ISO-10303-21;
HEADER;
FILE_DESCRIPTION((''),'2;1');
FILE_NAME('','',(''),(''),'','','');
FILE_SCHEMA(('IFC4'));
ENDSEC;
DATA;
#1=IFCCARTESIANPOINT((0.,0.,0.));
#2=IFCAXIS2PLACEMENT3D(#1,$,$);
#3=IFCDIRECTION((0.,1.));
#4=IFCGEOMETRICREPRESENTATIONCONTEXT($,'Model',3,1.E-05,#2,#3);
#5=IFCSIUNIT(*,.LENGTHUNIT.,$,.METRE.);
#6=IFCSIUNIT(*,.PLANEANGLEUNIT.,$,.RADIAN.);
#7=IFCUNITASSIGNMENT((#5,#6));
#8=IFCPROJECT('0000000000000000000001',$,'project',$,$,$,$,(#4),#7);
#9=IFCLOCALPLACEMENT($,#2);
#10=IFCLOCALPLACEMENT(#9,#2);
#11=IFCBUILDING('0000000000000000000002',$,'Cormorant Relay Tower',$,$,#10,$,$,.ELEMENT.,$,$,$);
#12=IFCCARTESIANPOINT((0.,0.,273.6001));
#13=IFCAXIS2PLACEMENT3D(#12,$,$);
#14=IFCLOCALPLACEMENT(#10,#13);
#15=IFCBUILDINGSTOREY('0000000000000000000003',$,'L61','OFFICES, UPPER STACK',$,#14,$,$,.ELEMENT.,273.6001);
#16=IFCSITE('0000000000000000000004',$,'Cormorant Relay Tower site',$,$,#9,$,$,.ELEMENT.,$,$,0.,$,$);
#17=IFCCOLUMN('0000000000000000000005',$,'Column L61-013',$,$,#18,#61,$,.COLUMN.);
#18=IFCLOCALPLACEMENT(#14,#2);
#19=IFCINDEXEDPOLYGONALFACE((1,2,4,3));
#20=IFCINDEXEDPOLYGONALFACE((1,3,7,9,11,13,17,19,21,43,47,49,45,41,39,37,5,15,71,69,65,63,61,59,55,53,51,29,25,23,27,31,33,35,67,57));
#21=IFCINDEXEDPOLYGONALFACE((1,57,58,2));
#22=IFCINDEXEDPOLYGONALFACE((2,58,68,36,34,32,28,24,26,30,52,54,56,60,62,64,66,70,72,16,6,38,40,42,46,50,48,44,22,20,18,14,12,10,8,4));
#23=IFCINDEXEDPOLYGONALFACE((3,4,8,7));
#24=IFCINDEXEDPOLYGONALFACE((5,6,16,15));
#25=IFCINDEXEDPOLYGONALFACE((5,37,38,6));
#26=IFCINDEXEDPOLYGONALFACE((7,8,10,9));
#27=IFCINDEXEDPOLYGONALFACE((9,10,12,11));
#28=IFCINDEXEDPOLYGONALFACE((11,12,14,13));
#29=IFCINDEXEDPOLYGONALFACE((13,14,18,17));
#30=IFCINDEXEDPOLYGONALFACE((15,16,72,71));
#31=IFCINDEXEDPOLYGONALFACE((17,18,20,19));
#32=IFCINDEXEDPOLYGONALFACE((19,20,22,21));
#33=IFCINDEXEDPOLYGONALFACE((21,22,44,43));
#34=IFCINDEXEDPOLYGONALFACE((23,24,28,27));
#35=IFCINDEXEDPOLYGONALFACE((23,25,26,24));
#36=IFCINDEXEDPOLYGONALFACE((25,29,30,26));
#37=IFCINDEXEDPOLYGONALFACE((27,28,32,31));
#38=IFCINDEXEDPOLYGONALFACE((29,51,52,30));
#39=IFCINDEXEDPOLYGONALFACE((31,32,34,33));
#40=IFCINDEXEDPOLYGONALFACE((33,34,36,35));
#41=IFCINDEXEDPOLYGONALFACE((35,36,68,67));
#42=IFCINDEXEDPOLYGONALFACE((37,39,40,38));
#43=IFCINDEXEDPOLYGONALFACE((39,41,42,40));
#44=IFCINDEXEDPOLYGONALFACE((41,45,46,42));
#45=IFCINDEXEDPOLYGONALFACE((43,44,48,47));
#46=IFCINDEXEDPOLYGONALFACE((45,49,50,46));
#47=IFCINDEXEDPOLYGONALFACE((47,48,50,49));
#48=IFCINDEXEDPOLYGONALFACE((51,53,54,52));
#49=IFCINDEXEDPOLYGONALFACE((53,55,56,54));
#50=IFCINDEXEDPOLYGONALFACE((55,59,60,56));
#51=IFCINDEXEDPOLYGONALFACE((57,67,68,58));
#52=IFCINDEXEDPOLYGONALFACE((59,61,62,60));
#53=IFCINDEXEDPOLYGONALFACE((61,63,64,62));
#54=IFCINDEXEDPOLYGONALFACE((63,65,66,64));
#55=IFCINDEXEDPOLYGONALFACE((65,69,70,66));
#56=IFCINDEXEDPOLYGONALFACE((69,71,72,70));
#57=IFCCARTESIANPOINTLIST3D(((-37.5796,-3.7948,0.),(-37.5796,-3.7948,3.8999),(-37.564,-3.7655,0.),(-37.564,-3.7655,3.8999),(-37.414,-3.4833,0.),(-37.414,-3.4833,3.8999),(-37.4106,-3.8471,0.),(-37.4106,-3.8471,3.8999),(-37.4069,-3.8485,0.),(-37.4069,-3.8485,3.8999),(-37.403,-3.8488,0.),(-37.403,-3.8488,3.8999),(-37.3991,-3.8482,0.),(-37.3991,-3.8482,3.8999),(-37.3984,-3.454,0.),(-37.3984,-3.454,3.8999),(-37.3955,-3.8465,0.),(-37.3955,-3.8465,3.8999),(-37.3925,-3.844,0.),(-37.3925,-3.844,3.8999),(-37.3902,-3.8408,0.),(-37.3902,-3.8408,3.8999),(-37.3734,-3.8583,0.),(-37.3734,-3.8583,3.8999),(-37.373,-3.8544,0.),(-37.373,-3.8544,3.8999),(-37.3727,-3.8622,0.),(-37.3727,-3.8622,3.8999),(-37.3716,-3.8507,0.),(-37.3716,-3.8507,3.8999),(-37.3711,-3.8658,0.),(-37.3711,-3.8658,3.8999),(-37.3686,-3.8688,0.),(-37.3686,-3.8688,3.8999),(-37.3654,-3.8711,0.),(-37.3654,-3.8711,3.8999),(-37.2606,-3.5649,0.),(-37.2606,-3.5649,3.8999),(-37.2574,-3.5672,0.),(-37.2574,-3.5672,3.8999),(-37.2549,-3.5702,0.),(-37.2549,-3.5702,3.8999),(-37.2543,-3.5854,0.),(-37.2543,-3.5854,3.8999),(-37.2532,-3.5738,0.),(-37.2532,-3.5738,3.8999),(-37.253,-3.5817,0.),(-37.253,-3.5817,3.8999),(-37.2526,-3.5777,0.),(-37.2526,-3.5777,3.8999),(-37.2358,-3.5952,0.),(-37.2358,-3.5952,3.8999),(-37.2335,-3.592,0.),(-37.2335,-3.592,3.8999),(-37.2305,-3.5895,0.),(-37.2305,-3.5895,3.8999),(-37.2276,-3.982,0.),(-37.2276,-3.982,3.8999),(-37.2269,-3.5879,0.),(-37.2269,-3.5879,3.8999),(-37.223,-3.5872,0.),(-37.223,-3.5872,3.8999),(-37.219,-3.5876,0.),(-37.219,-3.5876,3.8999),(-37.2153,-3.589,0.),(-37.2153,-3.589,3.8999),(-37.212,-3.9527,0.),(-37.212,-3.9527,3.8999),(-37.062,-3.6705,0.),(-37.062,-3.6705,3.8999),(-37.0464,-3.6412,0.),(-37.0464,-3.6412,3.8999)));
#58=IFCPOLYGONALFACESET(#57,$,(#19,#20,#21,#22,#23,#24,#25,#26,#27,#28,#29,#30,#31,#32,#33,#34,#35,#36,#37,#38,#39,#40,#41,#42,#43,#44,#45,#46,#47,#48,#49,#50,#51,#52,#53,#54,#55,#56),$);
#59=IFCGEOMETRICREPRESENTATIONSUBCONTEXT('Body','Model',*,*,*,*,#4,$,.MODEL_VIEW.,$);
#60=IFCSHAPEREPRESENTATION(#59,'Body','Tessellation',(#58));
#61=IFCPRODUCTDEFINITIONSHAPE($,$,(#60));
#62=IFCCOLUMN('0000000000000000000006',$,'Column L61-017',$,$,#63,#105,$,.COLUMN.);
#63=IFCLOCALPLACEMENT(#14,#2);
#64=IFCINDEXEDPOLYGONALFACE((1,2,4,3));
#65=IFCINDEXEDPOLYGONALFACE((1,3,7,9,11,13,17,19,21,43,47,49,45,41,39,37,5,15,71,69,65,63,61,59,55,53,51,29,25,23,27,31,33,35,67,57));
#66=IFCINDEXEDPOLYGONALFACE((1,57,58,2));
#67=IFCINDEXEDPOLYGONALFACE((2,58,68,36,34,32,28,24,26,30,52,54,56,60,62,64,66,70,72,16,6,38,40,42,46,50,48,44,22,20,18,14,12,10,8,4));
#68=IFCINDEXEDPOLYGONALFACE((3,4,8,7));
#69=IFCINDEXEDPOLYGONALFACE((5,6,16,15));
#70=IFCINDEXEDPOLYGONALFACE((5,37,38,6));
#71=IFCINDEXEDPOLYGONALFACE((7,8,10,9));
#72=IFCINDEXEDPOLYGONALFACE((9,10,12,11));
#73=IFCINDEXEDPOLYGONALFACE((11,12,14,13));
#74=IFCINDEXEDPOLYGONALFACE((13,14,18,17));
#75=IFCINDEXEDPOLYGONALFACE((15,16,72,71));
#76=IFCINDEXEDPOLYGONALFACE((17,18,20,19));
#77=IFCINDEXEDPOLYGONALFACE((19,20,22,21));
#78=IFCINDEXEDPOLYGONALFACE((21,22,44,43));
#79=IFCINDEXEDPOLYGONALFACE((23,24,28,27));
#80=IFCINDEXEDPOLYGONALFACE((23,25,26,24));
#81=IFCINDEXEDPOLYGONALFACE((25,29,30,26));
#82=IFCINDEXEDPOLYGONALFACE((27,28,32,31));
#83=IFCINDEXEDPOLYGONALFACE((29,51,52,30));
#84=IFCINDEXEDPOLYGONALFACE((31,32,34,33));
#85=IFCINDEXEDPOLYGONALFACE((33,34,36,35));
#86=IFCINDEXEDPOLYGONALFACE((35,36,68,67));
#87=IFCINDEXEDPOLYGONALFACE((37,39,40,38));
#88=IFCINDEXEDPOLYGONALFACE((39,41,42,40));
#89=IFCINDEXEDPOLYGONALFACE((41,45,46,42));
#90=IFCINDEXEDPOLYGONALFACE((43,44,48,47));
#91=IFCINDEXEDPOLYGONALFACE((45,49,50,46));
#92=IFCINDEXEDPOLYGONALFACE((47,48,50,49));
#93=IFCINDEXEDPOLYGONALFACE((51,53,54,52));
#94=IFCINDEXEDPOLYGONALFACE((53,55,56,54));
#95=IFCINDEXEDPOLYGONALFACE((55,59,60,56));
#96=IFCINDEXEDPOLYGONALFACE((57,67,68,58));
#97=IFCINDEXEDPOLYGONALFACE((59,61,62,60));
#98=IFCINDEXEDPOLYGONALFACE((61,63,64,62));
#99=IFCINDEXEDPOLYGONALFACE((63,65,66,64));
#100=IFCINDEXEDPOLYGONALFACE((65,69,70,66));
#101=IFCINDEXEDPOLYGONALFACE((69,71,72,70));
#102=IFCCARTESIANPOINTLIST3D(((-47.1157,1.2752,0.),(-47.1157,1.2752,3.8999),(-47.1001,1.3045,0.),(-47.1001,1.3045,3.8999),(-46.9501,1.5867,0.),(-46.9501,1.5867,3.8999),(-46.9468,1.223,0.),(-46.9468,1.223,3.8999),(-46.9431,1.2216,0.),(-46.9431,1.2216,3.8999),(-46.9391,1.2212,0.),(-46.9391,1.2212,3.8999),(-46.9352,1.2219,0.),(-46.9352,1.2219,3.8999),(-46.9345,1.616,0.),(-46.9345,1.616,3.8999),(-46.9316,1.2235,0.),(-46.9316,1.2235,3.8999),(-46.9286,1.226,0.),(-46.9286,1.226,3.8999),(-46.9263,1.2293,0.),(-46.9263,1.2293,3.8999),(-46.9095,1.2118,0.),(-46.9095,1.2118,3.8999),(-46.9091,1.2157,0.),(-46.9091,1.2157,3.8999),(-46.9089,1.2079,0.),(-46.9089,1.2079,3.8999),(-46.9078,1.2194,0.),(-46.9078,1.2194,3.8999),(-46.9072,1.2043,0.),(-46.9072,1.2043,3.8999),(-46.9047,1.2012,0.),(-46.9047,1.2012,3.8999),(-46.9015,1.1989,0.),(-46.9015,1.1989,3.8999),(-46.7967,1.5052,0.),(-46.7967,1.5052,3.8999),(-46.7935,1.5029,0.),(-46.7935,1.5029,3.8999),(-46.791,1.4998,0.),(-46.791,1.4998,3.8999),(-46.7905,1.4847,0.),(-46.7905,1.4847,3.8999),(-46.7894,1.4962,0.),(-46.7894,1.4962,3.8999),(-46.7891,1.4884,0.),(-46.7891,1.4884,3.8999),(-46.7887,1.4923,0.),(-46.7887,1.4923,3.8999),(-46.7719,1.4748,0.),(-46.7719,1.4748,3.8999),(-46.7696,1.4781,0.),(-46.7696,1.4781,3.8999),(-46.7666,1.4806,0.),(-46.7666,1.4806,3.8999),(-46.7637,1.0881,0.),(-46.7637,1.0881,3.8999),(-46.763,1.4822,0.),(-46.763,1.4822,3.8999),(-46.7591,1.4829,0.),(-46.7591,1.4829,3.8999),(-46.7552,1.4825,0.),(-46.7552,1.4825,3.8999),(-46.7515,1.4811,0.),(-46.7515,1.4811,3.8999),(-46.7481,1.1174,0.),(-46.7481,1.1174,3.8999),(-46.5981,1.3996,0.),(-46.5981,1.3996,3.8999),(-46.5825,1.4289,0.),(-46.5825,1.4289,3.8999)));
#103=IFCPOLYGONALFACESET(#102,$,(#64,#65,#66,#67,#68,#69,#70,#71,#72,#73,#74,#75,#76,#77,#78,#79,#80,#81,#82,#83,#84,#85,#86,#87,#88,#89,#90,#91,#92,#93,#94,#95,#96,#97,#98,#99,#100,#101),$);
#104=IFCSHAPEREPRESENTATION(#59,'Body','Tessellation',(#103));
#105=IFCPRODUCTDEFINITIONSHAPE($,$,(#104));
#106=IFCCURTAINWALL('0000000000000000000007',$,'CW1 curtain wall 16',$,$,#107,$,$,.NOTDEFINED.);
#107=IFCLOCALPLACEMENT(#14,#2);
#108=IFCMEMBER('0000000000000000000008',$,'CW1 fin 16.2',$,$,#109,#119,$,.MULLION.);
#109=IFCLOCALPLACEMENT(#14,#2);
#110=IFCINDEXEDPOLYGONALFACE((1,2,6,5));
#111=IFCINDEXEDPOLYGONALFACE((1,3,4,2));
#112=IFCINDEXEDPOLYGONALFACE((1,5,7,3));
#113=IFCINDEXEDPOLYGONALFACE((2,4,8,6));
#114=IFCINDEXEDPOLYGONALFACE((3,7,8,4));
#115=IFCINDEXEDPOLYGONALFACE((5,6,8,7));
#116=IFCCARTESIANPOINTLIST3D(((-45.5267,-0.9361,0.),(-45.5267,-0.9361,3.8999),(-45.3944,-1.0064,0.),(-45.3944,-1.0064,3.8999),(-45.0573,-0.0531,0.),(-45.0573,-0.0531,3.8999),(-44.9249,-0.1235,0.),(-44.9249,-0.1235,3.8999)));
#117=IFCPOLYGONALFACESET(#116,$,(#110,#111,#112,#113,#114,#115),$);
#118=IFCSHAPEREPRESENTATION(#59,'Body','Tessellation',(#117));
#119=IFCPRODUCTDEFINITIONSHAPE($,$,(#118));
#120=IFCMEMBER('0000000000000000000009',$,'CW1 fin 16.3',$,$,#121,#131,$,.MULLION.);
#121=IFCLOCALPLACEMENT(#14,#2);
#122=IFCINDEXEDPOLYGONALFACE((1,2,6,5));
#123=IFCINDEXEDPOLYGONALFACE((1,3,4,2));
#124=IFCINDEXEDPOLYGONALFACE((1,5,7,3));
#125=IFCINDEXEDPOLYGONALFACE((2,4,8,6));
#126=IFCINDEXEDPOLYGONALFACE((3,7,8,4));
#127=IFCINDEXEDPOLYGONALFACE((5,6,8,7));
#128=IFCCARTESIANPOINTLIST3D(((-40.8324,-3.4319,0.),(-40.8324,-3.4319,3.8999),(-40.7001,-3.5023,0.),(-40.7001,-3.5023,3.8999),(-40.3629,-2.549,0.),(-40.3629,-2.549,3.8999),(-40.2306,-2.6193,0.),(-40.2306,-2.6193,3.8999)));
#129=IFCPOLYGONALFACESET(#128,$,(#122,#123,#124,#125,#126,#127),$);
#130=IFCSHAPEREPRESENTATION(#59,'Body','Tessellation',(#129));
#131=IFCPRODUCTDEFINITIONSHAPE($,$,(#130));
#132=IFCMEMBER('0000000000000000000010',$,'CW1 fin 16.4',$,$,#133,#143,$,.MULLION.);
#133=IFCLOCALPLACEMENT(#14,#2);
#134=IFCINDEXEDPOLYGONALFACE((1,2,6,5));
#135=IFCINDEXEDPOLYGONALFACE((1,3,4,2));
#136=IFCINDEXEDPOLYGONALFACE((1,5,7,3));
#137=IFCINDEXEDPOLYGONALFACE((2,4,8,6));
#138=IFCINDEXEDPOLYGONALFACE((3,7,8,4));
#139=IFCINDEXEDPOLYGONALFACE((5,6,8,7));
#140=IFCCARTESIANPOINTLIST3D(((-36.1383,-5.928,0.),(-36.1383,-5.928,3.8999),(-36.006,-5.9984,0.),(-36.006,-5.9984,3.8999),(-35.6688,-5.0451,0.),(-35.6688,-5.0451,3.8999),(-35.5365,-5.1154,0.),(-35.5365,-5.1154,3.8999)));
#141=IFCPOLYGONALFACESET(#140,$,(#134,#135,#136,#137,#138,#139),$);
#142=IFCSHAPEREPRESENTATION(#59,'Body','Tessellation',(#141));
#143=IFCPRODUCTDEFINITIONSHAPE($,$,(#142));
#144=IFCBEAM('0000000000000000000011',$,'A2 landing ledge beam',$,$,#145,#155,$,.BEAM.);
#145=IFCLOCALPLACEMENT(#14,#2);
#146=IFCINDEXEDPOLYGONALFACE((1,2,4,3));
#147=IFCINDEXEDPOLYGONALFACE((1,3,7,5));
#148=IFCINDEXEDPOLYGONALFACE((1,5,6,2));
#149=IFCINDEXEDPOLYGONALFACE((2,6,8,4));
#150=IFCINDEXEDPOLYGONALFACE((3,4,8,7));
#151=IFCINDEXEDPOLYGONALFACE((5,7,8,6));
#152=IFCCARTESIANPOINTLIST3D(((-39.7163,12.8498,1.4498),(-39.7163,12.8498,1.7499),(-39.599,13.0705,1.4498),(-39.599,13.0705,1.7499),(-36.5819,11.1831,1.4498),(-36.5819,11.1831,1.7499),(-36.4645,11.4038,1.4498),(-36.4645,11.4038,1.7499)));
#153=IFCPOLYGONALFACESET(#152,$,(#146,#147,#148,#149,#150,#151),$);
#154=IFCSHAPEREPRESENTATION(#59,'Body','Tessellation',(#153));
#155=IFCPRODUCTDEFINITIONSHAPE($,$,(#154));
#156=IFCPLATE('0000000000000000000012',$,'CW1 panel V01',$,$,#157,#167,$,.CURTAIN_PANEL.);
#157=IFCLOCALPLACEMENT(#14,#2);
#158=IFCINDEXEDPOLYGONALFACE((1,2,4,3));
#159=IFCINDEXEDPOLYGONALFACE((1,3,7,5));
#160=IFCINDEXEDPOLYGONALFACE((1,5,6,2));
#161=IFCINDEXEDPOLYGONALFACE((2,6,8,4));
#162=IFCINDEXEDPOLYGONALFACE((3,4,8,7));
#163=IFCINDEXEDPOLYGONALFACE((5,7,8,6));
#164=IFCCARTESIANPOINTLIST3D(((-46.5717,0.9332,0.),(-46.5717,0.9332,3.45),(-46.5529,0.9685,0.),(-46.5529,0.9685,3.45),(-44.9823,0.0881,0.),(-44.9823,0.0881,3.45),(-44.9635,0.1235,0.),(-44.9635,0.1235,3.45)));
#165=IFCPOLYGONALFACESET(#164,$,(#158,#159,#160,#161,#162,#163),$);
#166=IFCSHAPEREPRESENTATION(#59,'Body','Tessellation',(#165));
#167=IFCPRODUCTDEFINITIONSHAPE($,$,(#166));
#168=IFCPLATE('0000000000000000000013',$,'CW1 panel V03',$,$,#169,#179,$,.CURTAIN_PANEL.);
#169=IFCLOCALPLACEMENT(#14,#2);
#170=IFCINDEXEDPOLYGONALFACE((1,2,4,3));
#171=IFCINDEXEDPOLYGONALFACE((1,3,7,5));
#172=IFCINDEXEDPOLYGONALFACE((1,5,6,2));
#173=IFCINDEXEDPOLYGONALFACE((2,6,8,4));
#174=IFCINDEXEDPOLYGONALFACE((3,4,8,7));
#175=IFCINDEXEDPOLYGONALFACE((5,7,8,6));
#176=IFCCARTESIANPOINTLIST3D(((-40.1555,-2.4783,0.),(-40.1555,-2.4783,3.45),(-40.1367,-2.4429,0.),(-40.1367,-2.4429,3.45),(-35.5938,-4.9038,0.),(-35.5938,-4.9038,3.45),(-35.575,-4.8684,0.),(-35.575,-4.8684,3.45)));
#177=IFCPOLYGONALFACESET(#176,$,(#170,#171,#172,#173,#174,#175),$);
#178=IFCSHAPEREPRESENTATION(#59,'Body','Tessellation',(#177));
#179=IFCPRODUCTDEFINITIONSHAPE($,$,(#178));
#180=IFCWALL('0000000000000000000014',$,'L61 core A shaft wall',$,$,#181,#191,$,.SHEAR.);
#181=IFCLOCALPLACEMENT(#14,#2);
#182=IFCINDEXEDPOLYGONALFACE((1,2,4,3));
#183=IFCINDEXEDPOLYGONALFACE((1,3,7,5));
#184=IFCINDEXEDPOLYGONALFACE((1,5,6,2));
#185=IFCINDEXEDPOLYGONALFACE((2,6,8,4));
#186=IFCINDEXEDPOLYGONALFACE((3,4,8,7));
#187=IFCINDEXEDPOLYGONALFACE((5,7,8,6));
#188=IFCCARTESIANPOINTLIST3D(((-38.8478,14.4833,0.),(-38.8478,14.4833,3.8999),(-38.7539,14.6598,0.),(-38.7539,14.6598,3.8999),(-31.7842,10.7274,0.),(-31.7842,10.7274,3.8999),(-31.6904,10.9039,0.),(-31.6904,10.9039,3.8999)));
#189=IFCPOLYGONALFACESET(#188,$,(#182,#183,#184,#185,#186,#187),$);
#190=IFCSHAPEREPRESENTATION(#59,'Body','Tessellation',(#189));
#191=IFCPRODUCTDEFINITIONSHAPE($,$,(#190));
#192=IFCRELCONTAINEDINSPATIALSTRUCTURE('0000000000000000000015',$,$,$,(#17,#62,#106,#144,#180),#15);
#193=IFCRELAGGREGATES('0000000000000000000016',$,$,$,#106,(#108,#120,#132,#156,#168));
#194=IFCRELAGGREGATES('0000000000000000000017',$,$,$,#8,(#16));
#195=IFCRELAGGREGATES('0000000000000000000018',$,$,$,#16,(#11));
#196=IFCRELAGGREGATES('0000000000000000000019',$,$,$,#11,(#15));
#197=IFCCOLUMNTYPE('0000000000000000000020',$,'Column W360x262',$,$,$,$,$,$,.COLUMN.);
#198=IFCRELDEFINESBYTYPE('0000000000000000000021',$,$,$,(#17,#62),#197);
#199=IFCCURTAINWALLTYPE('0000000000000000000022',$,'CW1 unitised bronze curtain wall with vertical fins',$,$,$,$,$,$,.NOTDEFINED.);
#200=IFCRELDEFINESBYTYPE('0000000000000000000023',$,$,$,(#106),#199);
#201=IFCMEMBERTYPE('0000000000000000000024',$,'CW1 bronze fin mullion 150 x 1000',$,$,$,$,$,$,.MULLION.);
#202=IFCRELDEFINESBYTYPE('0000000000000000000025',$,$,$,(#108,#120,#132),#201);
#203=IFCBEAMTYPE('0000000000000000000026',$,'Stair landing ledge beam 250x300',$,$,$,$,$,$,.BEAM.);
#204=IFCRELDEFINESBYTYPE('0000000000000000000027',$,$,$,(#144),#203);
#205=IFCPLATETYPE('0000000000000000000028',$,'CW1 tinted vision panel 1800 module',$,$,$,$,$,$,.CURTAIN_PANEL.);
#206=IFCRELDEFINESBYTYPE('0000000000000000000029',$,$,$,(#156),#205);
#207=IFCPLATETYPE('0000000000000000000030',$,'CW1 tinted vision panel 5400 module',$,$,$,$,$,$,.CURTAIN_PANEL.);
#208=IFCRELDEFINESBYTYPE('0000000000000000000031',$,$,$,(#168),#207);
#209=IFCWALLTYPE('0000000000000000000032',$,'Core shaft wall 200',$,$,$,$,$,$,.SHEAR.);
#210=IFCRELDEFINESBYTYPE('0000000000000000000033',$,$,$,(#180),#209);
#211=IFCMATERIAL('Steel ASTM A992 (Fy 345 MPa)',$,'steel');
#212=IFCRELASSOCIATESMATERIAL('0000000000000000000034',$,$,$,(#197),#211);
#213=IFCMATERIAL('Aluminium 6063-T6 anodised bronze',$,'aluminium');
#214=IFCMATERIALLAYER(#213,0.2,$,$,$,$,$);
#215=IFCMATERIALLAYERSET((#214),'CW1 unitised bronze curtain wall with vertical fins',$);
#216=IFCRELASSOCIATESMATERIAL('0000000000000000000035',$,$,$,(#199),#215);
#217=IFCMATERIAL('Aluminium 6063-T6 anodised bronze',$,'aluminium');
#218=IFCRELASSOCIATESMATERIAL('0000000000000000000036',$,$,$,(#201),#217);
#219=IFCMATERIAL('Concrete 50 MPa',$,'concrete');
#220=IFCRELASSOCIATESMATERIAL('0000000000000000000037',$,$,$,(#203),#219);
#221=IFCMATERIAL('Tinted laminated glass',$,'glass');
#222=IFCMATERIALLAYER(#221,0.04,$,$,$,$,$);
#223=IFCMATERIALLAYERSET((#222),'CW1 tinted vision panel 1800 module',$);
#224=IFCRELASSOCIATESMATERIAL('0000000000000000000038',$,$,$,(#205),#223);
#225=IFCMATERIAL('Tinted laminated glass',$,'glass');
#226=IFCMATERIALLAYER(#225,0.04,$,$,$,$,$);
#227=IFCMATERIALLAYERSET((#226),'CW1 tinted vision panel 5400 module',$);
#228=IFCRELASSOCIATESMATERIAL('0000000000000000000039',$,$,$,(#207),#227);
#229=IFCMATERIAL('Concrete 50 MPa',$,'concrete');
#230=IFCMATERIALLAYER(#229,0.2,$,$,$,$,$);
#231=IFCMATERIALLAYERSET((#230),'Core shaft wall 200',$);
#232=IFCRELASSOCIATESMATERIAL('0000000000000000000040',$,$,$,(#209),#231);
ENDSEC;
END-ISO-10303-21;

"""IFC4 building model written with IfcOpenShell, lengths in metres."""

from ifc_helpers import new_model, si_unit, direction, frame, frame_2d, origin, origin_2d, place, context, subcontext, project, spatial, rectangle, i_section, extrude, material, layer, layer_set, material_profile, profile_set, type_object, element, aggregate, save


model = new_model("IFC4")

# Units and contexts
model_context = context("Model", 3, precision=1e-05, world=origin(), true_north=direction((0.0, 1.0)))
body_context = subcontext(model_context, "Body", "Model", "MODEL_VIEW")
ifc_project = project(units=[si_unit("LENGTHUNIT", "METRE"), si_unit("PLANEANGLEUNIT", "RADIAN")], contexts=[model_context])

# Site, building, storey
site_placement = place(None, origin())
site = spatial("IfcSite", under=ifc_project, at=site_placement, Name="Cormorant Relay Tower site", CompositionType="ELEMENT", RefElevation=0.0)
building_placement = place(site_placement, origin())
building = spatial("IfcBuilding", under=site, at=building_placement, Name="Cormorant Relay Tower", CompositionType="ELEMENT")
storey_placement = place(building_placement, frame((0.0, 0.0, 273.6001)))
storey = spatial("IfcBuildingStorey", under=building, at=storey_placement, Name="L61", Description="OFFICES, UPPER STACK", CompositionType="ELEMENT", Elevation=273.6001)

# Columns
ifc_material_1 = material(Name="Steel ASTM A992 (Fy 345 MPa)", Category="steel")
ifc_material_profile_1 = material_profile(ifc_material_1, i_section(OverallWidth=0.3987, OverallDepth=0.386, WebThickness=0.021, FlangeThickness=0.0332, FilletRadius=0.0151, at=origin_2d()), Name="W360x262")
ifc_profile_set_1 = profile_set([ifc_material_profile_1], Name="Steel ASTM A992 (Fy 345 MPa)")
column_type = type_object("IfcColumnType", Name="Column W360x262", PredefinedType="COLUMN", material=ifc_profile_set_1)
for number, where, z_axis, x_axis, name in (
    (1, (-37.313, -3.718, 0.0), (0.0, 0.0, 1.0), (0.882948, -0.469472, 0.0), "Column L61-013"),
    (2, (-46.8491, 1.3521, 0.0), (0.0, 0.0, 1.0), (0.882948, -0.469472, 0.0), "Column L61-017"),
):
    element("IfcColumn", number, at=place(storey_placement, frame(where, z_axis=z_axis, x_axis=x_axis)), inside=storey, type_object=column_type, Name=name, PredefinedType="COLUMN", context=body_context, shape_type="SweptSolid", body=[
        extrude(i_section(OverallWidth=0.3987, OverallDepth=0.386, WebThickness=0.021, FlangeThickness=0.0332, FilletRadius=0.0151, at=origin_2d()), origin(), (0.0, 0.0, 1.0), 3.8999),
    ])

# Curtain wall, members
ifc_material_2 = material(Name="Aluminium 6063-T6 anodised bronze", Category="aluminium")
ifc_layer_1 = layer(ifc_material_2, 0.2)
ifc_layer_set_1 = layer_set([ifc_layer_1], Name="CW1 unitised bronze curtain wall with vertical fins")
curtain_wall_type = type_object("IfcCurtainWallType", Name="CW1 unitised bronze curtain wall with vertical fins", PredefinedType="NOTDEFINED", material=ifc_layer_set_1)
curtain_wall_placement = place(storey_placement, origin())
curtain_wall = element("IfcCurtainWall", 3, at=curtain_wall_placement, inside=storey, type_object=curtain_wall_type, Name="CW1 curtain wall 16", PredefinedType="NOTDEFINED")
ifc_material_3 = material(Name="Aluminium 6063-T6 anodised bronze", Category="aluminium")
ifc_material_profile_2 = material_profile(ifc_material_3, rectangle(XDim=0.1499, YDim=1.0, at=origin_2d()), Name="AL 150x1000")
ifc_profile_set_2 = profile_set([ifc_material_profile_2], Name="Aluminium 6063-T6 anodised bronze")
member_type = type_object("IfcMemberType", Name="CW1 bronze fin mullion 150 x 1000", PredefinedType="MULLION", material=ifc_profile_set_2)
member_1_placement = place(storey_placement, frame((-45.2258, -0.5298, 0.0), z_axis=(0.0, 0.0, 1.0), x_axis=(0.882948, -0.469472, 0.0)))
member_1 = element("IfcMember", 4, at=member_1_placement, type_object=member_type, Name="CW1 fin 16.2", PredefinedType="MULLION", context=body_context, shape_type="SweptSolid", body=[
    extrude(rectangle(XDim=0.1499, YDim=1.0, at=origin_2d()), origin(), (0.0, 0.0, 1.0), 3.8999),
])
member_2_placement = place(storey_placement, frame((-40.5315, -3.0256, 0.0), z_axis=(0.0, 0.0, 1.0), x_axis=(0.882948, -0.469472, 0.0)))
member_2 = element("IfcMember", 5, at=member_2_placement, type_object=member_type, Name="CW1 fin 16.3", PredefinedType="MULLION", context=body_context, shape_type="SweptSolid", body=[
    extrude(rectangle(XDim=0.1499, YDim=1.0, at=origin_2d()), origin(), (0.0, 0.0, 1.0), 3.8999),
])
member_3_placement = place(storey_placement, frame((-35.8374, -5.5217, 0.0), z_axis=(0.0, 0.0, 1.0), x_axis=(0.882948, -0.469472, 0.0)))
member_3 = element("IfcMember", 6, at=member_3_placement, type_object=member_type, Name="CW1 fin 16.4", PredefinedType="MULLION", context=body_context, shape_type="SweptSolid", body=[
    extrude(rectangle(XDim=0.1499, YDim=1.0, at=origin_2d()), origin(), (0.0, 0.0, 1.0), 3.8999),
])

# Beam
ifc_material_4 = material(Name="Concrete 50 MPa", Category="concrete")
ifc_material_profile_3 = material_profile(ifc_material_4, rectangle(XDim=0.25, YDim=0.3, at=origin_2d()), Name="RC 250x300")
ifc_profile_set_3 = profile_set([ifc_material_profile_3], Name="Concrete 50 MPa")
beam_type = type_object("IfcBeamType", Name="Stair landing ledge beam 250x300", PredefinedType="BEAM", material=ifc_profile_set_3)
beam_placement = place(storey_placement, frame((-36.5232, 11.2935, 1.5999), z_axis=(-0.882937, 0.469492, 0.0), x_axis=(-0.469492, -0.882937, 0.0)))
element("IfcBeam", 7, at=beam_placement, inside=storey, type_object=beam_type, Name="A2 landing ledge beam", PredefinedType="BEAM", context=body_context, shape_type="SweptSolid", body=[
    extrude(rectangle(XDim=0.25, YDim=0.3, at=origin_2d()), origin(), (0.0, 0.0, 1.0), 3.55),
])

# Plates
ifc_material_5 = material(Name="Tinted laminated glass", Category="glass")
ifc_layer_2 = layer(ifc_material_5, 0.04)
ifc_layer_set_2 = layer_set([ifc_layer_2], Name="CW1 tinted vision panel 1800 module")
plate_type_1 = type_object("IfcPlateType", Name="CW1 tinted vision panel 1800 module", PredefinedType="CURTAIN_PANEL", material=ifc_layer_set_2)
plate_1_placement = place(storey_placement, frame((-45.7676, 0.5283, 0.0), z_axis=(0.0, 0.0, 1.0), x_axis=(0.882948, -0.469472, 0.0)))
plate_1 = element("IfcPlate", 8, at=plate_1_placement, type_object=plate_type_1, Name="CW1 panel V01", PredefinedType="CURTAIN_PANEL", context=body_context, shape_type="SweptSolid", body=[
    extrude(rectangle(XDim=1.8, YDim=0.04, at=origin_2d()), origin(), (0.0, 0.0, 1.0), 3.45),
])
ifc_material_6 = material(Name="Tinted laminated glass", Category="glass")
ifc_layer_3 = layer(ifc_material_6, 0.04)
ifc_layer_set_3 = layer_set([ifc_layer_3], Name="CW1 tinted vision panel 5400 module")
plate_type_2 = type_object("IfcPlateType", Name="CW1 tinted vision panel 5400 module", PredefinedType="CURTAIN_PANEL", material=ifc_layer_set_3)
plate_2_placement = place(storey_placement, frame((-37.8652, -3.6733, 0.0), z_axis=(0.0, 0.0, 1.0), x_axis=(0.882948, -0.469472, 0.0)))
plate_2 = element("IfcPlate", 9, at=plate_2_placement, type_object=plate_type_2, Name="CW1 panel V03", PredefinedType="CURTAIN_PANEL", context=body_context, shape_type="SweptSolid", body=[
    extrude(rectangle(XDim=5.1665, YDim=0.04, at=origin_2d()), origin(), (0.0, 0.0, 1.0), 3.45),
])

# Wall
ifc_material_7 = material(Name="Concrete 50 MPa", Category="concrete")
ifc_layer_4 = layer(ifc_material_7, 0.2)
ifc_layer_set_4 = layer_set([ifc_layer_4], Name="Core shaft wall 200")
wall_type_1 = type_object("IfcWallType", Name="Core shaft wall 200", PredefinedType="SHEAR", material=ifc_layer_set_4)
wall_1_placement = place(storey_placement, frame((-31.7373, 10.8157, 0.0), z_axis=(0.0, 0.0, 1.0), x_axis=(-0.88294, 0.469485, 0.0)))
element("IfcWall", 10, at=wall_1_placement, inside=storey, type_object=wall_type_1, Name="L61 core A shaft wall", PredefinedType="SHEAR", context=body_context, shape_type="SweptSolid", body=[
    extrude(rectangle(XDim=8.0, YDim=0.2, at=frame_2d((4.0, 0.0))), origin(), (0.0, 0.0, 1.0), 3.8999),
])

aggregate(curtain_wall, [member_1, member_2, member_3, plate_1, plate_2])

save(model, "model.ifc")
